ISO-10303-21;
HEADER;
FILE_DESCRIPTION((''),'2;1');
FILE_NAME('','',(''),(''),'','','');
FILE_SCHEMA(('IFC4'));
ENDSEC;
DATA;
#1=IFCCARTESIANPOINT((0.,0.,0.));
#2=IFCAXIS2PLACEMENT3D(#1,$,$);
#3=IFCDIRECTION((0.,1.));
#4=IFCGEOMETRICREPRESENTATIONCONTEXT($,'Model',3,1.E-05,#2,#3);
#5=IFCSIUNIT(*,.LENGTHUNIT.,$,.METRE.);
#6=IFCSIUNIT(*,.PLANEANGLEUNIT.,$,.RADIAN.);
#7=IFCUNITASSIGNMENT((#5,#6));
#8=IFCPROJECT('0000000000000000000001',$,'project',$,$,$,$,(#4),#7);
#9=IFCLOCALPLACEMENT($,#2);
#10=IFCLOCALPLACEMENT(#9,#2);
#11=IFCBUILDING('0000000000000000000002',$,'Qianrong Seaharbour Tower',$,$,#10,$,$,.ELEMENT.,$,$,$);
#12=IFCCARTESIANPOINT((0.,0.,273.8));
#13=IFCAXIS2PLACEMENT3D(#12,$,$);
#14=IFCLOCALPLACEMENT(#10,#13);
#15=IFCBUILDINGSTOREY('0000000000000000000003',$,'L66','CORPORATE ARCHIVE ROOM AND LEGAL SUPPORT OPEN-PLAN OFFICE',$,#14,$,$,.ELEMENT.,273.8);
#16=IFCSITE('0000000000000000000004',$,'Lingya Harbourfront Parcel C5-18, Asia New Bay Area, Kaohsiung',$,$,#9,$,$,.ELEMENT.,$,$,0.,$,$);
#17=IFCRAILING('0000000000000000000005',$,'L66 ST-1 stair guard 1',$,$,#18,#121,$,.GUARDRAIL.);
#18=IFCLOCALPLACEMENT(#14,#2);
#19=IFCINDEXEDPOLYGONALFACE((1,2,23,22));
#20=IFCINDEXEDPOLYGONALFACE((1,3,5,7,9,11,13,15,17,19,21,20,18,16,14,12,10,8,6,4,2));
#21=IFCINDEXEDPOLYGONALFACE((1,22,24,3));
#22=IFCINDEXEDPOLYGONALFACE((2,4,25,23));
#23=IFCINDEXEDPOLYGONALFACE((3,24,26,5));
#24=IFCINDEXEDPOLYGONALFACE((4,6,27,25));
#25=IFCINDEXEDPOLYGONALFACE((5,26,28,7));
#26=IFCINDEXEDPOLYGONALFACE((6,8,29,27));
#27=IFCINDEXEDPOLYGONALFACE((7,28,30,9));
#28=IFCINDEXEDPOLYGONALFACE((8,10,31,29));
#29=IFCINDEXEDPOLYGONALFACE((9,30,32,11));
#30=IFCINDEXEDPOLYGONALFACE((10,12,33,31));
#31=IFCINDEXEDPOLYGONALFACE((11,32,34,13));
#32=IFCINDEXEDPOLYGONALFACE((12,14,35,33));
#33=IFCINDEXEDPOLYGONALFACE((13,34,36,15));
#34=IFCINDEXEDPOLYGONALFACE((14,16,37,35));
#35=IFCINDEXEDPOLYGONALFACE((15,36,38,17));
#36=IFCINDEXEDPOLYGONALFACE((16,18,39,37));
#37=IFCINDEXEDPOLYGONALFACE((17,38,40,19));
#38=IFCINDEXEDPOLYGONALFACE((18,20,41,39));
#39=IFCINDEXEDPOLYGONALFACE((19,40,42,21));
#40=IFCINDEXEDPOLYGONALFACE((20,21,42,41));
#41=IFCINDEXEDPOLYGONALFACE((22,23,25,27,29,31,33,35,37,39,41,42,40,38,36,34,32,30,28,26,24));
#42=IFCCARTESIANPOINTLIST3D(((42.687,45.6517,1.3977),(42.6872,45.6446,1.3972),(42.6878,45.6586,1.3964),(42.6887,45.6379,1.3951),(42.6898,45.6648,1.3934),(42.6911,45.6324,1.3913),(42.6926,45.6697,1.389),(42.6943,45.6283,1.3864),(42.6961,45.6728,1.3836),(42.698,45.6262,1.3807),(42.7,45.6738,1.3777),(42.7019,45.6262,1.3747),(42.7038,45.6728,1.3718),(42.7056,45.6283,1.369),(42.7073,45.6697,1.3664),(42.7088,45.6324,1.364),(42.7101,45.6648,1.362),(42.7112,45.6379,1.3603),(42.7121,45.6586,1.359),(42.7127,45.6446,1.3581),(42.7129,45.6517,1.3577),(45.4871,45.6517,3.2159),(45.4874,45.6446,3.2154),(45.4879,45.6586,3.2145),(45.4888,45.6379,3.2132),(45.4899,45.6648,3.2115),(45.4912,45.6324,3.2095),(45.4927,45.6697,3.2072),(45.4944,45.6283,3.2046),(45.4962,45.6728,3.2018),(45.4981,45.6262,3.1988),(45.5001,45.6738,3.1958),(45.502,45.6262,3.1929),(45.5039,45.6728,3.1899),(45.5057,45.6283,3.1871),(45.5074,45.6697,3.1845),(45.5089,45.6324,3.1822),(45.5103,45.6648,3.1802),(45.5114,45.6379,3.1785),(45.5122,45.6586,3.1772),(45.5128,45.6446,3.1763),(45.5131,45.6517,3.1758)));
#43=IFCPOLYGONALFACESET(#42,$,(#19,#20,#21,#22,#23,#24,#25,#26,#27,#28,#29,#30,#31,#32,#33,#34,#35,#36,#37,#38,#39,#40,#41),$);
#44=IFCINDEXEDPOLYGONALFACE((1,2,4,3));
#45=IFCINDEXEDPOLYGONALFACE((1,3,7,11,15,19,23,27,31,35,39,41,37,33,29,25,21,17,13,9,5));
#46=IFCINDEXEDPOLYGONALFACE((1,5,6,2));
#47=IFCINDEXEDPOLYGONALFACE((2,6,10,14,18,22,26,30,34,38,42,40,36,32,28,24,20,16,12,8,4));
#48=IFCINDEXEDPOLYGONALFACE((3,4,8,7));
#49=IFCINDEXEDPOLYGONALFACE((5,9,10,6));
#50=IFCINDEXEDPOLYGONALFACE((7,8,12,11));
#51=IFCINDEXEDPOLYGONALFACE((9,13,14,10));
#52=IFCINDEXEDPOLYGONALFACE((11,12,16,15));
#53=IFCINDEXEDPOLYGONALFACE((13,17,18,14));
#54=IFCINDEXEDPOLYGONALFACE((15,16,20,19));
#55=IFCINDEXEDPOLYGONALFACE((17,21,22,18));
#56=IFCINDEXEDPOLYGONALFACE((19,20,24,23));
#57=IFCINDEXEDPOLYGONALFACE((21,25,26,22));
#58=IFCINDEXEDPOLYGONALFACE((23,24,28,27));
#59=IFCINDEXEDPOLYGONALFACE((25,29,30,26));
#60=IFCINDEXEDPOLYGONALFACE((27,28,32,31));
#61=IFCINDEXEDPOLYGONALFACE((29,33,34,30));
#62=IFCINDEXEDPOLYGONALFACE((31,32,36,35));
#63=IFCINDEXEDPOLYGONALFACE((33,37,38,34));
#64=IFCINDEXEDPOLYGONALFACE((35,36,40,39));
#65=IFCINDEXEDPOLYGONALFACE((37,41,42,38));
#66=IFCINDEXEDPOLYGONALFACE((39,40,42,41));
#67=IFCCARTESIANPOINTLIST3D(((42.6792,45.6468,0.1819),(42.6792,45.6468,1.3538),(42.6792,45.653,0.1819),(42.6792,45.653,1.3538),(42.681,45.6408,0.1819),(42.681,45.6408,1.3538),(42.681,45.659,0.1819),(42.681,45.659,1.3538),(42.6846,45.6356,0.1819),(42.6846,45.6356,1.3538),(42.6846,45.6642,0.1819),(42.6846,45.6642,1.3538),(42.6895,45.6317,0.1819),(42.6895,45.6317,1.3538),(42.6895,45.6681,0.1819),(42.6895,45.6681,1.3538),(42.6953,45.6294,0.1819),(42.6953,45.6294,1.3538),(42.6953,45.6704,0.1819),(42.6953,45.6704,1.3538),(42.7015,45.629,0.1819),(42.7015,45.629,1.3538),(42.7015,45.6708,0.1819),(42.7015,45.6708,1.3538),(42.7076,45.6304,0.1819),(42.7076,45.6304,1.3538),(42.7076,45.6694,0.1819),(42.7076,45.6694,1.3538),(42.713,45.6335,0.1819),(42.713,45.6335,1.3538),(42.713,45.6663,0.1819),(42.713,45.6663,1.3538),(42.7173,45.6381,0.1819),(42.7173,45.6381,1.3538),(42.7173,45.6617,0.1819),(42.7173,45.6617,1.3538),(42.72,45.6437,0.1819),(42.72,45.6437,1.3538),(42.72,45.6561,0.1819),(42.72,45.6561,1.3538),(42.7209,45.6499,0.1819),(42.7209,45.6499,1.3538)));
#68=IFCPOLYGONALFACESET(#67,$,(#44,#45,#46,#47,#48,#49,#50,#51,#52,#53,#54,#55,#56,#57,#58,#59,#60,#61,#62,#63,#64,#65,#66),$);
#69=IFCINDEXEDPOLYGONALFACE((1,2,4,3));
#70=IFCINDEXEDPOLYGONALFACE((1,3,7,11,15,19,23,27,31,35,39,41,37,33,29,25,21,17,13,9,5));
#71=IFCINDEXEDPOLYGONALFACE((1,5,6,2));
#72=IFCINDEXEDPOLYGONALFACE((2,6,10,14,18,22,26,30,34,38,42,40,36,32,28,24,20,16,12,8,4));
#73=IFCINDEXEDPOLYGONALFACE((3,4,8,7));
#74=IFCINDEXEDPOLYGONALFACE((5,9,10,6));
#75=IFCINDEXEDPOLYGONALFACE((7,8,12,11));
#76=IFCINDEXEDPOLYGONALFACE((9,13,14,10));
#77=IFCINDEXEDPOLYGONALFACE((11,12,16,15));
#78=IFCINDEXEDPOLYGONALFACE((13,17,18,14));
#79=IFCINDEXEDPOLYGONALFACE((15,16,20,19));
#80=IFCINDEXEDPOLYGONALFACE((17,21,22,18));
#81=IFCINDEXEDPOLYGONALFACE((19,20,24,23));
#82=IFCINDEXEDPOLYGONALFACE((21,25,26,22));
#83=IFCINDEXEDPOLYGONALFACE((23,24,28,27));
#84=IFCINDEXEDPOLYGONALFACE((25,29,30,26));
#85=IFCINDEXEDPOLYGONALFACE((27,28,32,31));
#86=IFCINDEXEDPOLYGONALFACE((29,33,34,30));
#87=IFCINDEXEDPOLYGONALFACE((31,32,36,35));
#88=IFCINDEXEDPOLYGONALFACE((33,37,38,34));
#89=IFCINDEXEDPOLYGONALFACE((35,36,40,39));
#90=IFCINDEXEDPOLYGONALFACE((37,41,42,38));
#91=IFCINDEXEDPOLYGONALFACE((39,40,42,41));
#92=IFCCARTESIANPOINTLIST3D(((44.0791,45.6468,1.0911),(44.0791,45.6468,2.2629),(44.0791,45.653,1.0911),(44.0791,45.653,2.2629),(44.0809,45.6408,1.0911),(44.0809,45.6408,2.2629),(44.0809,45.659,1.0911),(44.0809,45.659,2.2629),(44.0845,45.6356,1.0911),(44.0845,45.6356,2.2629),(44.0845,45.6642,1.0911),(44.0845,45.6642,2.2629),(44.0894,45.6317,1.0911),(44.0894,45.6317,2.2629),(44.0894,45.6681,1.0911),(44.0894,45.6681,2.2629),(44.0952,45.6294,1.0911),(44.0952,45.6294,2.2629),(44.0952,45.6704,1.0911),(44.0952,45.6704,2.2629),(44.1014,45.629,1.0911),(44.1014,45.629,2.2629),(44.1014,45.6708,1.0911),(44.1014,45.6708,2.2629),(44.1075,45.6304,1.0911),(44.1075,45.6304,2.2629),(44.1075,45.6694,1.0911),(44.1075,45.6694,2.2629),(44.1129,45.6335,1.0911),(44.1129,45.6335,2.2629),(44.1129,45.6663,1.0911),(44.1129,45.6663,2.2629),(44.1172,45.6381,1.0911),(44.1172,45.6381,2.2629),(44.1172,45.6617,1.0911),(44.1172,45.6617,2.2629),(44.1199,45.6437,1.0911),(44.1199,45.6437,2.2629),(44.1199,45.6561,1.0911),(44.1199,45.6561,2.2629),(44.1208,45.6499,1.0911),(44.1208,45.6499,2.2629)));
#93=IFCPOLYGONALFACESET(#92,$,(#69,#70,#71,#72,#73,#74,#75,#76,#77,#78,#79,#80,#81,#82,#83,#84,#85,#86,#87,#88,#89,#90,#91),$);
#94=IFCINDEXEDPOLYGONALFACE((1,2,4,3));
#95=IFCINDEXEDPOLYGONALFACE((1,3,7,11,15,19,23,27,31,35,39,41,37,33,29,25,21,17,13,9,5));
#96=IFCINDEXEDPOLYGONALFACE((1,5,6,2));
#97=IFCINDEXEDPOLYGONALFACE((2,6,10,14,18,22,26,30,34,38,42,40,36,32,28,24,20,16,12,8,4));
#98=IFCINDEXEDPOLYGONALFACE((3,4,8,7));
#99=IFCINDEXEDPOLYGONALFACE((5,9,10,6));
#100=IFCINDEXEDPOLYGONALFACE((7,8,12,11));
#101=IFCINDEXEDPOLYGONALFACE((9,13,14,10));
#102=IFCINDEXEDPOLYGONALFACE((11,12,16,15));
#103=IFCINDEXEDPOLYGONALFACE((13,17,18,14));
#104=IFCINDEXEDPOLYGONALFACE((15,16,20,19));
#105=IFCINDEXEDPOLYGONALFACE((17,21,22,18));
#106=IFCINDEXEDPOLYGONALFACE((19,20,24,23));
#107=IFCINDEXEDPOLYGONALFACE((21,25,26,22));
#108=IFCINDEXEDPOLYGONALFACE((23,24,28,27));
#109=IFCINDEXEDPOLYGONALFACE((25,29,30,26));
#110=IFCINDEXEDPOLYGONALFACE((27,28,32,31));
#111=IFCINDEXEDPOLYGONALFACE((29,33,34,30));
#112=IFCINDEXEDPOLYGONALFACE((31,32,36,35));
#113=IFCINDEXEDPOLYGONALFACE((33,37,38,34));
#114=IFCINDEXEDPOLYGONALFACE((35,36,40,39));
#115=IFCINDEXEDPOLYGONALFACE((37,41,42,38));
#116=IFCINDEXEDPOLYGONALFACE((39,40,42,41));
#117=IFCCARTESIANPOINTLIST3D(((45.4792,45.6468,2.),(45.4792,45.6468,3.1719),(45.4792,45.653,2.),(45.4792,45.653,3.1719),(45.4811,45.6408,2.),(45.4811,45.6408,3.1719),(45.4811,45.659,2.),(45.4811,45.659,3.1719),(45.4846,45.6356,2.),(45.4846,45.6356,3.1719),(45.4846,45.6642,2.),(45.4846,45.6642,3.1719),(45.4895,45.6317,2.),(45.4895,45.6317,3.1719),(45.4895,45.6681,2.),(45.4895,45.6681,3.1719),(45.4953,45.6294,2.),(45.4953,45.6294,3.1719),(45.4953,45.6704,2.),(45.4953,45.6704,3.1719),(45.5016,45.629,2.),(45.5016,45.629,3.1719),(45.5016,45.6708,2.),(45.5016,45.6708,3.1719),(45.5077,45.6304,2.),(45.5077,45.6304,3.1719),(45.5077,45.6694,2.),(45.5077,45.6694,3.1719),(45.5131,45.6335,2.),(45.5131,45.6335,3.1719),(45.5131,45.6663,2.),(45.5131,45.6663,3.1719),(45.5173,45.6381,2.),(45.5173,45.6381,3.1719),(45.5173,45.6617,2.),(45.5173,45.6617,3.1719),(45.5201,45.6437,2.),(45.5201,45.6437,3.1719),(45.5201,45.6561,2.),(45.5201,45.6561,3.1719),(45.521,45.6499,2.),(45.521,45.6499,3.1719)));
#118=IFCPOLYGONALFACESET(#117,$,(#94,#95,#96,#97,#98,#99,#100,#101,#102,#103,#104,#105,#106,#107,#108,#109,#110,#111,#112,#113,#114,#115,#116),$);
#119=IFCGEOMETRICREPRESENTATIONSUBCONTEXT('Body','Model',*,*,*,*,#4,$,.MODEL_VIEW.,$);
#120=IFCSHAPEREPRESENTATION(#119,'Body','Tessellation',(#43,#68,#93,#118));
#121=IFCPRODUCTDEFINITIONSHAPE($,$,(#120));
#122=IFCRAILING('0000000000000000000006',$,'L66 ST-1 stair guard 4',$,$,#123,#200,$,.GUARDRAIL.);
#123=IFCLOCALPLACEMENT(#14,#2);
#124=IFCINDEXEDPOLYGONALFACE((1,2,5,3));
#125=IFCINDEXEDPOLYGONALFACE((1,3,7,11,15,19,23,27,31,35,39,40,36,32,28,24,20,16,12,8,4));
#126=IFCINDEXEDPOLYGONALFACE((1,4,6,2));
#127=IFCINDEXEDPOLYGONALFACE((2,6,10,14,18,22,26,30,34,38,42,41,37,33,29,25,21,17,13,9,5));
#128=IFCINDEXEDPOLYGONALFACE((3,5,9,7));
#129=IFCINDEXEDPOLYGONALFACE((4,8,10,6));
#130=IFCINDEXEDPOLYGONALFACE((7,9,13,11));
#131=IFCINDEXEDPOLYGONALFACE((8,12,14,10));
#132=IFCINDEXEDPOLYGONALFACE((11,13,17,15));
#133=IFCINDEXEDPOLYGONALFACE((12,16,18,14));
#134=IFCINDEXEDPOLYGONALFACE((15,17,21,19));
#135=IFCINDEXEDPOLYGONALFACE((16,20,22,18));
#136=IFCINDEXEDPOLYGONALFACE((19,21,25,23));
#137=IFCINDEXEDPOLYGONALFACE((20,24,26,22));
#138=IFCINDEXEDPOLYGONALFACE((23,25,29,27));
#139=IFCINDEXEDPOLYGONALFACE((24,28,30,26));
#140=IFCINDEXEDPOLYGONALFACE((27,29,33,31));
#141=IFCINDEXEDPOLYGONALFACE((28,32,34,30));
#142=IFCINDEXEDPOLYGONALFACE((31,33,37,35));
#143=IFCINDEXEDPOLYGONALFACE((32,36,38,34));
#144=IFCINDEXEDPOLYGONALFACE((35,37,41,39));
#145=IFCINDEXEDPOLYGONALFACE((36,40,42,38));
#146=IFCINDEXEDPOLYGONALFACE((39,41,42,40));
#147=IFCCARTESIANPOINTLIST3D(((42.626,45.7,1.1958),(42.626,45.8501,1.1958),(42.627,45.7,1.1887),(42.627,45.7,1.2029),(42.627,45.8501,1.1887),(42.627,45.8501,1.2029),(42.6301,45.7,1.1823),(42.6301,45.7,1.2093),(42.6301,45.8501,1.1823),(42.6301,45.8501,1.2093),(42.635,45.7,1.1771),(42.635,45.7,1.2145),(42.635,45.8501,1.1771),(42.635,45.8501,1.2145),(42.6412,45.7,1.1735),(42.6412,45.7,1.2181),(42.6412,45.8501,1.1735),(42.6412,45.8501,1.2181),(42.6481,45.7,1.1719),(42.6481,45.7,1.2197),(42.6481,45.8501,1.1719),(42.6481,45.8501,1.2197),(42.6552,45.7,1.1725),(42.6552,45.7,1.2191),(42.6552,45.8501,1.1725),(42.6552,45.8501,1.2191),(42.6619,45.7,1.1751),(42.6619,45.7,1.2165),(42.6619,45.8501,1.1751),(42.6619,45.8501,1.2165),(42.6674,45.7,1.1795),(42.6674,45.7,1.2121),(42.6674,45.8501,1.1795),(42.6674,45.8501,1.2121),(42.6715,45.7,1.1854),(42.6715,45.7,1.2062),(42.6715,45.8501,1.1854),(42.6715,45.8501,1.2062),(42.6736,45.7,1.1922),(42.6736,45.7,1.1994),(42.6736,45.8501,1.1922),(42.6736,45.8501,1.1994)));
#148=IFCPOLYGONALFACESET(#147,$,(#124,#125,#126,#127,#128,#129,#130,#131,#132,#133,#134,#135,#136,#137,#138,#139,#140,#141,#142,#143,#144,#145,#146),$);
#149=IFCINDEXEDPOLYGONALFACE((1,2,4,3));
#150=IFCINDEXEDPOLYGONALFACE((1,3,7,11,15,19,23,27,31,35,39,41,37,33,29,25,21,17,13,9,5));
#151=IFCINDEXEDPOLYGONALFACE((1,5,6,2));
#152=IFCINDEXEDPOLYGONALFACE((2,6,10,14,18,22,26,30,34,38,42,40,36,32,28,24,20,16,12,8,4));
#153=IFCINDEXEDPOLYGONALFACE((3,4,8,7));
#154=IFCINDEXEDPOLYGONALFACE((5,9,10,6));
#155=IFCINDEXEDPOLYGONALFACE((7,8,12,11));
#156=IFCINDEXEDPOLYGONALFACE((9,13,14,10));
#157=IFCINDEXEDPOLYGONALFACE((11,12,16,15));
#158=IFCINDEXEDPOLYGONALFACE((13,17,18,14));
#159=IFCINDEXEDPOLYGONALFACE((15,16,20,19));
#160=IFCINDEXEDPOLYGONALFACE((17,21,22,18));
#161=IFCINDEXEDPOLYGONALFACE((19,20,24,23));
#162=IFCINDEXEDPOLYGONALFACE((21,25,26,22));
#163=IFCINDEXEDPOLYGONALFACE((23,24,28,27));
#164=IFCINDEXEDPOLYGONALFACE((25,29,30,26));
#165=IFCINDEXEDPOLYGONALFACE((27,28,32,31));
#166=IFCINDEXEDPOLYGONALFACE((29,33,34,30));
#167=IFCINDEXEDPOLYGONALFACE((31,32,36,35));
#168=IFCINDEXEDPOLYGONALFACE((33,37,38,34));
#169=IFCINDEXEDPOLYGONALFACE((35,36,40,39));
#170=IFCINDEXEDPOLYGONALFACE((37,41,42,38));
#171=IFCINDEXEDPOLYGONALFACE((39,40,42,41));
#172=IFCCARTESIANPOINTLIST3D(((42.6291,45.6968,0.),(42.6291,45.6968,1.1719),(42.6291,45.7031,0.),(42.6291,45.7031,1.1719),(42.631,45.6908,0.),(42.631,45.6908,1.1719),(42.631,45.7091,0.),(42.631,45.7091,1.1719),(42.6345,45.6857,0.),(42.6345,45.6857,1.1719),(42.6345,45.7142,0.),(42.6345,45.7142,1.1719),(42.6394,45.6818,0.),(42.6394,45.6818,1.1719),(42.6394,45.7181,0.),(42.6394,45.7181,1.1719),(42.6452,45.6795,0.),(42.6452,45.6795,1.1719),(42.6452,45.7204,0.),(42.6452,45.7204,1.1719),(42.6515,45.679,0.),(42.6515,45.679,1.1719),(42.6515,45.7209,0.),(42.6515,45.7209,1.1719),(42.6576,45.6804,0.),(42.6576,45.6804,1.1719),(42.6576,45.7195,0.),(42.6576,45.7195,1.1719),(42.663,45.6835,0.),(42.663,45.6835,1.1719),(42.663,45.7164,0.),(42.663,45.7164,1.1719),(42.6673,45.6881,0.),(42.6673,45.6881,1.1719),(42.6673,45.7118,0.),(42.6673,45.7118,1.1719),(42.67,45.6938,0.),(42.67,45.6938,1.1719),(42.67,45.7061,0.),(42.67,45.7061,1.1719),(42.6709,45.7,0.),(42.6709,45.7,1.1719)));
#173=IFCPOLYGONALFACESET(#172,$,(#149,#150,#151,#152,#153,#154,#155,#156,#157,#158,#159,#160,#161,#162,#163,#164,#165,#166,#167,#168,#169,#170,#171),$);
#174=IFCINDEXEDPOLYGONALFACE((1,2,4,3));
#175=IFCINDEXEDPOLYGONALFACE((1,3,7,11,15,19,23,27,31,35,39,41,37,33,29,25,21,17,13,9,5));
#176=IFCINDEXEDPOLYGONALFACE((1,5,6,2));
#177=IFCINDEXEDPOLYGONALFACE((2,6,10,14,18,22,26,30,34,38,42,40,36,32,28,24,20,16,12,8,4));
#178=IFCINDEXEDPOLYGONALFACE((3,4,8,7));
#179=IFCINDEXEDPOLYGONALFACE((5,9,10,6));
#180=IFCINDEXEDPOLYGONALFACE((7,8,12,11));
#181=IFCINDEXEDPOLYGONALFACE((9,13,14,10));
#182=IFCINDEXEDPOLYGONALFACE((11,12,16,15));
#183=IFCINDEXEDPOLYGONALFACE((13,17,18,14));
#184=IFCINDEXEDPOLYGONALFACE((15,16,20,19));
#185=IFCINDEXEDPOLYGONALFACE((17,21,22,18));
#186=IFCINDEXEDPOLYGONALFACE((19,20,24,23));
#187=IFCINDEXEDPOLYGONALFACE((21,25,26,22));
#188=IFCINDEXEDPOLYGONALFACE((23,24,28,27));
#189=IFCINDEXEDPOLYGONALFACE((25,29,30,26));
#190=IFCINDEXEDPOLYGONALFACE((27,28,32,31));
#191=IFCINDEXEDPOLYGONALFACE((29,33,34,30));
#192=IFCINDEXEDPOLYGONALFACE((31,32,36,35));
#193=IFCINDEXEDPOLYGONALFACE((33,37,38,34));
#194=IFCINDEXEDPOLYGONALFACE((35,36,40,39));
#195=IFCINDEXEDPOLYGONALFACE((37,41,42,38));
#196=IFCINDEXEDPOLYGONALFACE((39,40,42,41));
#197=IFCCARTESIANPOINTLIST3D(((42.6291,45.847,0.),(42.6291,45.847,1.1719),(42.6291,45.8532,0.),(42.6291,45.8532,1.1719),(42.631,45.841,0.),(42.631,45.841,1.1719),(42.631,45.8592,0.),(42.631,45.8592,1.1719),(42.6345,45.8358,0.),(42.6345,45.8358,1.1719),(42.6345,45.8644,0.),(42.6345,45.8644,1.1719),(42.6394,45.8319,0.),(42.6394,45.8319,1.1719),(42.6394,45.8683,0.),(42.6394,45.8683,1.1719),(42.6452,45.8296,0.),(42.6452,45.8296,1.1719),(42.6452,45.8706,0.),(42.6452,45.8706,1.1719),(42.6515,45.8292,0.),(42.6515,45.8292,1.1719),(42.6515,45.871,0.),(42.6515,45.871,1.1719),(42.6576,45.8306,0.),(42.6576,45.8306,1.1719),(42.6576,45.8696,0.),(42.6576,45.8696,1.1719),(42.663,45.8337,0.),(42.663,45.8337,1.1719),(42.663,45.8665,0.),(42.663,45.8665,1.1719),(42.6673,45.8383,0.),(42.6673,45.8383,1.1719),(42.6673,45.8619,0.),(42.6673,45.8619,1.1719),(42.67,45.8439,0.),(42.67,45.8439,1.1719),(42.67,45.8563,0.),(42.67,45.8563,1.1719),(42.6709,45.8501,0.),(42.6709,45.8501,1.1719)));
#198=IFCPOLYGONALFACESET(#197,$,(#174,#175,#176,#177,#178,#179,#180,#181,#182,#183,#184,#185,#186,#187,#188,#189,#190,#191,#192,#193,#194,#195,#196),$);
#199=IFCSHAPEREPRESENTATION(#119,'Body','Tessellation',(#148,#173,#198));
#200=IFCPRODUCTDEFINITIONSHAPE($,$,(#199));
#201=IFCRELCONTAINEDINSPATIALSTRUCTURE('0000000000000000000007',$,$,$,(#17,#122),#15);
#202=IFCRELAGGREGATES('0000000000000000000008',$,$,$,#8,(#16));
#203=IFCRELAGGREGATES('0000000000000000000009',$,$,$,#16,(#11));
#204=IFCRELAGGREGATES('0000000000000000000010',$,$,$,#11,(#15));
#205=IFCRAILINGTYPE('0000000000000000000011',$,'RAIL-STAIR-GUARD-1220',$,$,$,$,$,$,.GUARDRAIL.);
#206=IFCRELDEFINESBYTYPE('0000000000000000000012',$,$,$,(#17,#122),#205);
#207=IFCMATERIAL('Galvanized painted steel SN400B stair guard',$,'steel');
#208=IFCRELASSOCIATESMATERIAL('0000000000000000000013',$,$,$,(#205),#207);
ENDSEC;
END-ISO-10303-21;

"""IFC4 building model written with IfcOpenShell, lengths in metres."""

from ifc_helpers import new_model, si_unit, direction, frame, origin, origin_2d, place, context, subcontext, project, spatial, circle, extrude, material, type_object, element, save


model = new_model("IFC4")

# Units and contexts
model_context = context("Model", 3, precision=1e-05, world=origin(), true_north=direction((0.0, 1.0)))
body_context = subcontext(model_context, "Body", "Model", "MODEL_VIEW")
ifc_project = project(units=[si_unit("LENGTHUNIT", "METRE"), si_unit("PLANEANGLEUNIT", "RADIAN")], contexts=[model_context])

# Site, building, storey
site_placement = place(None, origin())
site = spatial("IfcSite", under=ifc_project, at=site_placement, Name="Lingya Harbourfront Parcel C5-18, Asia New Bay Area, Kaohsiung", CompositionType="ELEMENT", RefElevation=0.0)
building_placement = place(site_placement, origin())
building = spatial("IfcBuilding", under=site, at=building_placement, Name="Qianrong Seaharbour Tower", CompositionType="ELEMENT")
storey_placement = place(building_placement, frame((0.0, 0.0, 273.8)))
storey = spatial("IfcBuildingStorey", under=building, at=storey_placement, Name="L66", Description="CORPORATE ARCHIVE ROOM AND LEGAL SUPPORT OPEN-PLAN OFFICE", CompositionType="ELEMENT", Elevation=273.8)

# Railings
ifc_material_1 = material(Name="Galvanized painted steel SN400B stair guard", Category="steel")
railing_type_1 = type_object("IfcRailingType", Name="RAIL-STAIR-GUARD-1220", PredefinedType="GUARDRAIL", material=ifc_material_1)
railing_1_placement = place(storey_placement, frame((42.7, 45.6499, 0.1819)))
element("IfcRailing", 1, at=railing_1_placement, inside=storey, type_object=railing_type_1, Name="L66 ST-1 stair guard 1", PredefinedType="GUARDRAIL", context=body_context, shape_type="SweptSolid", body=[
    extrude(circle(Radius=0.0239, at=origin_2d()), frame((0.0, 0.0, 1.1958), z_axis=(0.838706, 0.0, 0.544585), x_axis=(0.0, 1.0, 0.0)), (0.0, 0.0, 1.0), 3.3386),
    extrude(circle(Radius=0.021, at=origin_2d()), origin(), (0.0, 0.0, 1.0), 1.1719),
    extrude(circle(Radius=0.021, at=origin_2d()), frame((1.3999, 0.0, 0.9092)), (0.0, 0.0, 1.0), 1.1719),
    extrude(circle(Radius=0.021, at=origin_2d()), frame((2.8, 0.0, 1.8181)), (0.0, 0.0, 1.0), 1.1719),
])
railing_2_placement = place(storey_placement, frame((42.6499, 45.7, 0.0)))
element("IfcRailing", 2, at=railing_2_placement, inside=storey, type_object=railing_type_1, Name="L66 ST-1 stair guard 4", PredefinedType="GUARDRAIL", context=body_context, shape_type="SweptSolid", body=[
    extrude(circle(Radius=0.0239, at=origin_2d()), frame((0.0, 0.0, 1.1958), z_axis=(0.0, 1.0, 0.0), x_axis=(-1.0, 0.0, 0.0)), (0.0, 0.0, 1.0), 0.1501),
    extrude(circle(Radius=0.021, at=origin_2d()), origin(), (0.0, 0.0, 1.0), 1.1719),
    extrude(circle(Radius=0.021, at=origin_2d()), frame((0.0, 0.1501, 0.0)), (0.0, 0.0, 1.0), 1.1719),
])

save(model, "model.ifc")
